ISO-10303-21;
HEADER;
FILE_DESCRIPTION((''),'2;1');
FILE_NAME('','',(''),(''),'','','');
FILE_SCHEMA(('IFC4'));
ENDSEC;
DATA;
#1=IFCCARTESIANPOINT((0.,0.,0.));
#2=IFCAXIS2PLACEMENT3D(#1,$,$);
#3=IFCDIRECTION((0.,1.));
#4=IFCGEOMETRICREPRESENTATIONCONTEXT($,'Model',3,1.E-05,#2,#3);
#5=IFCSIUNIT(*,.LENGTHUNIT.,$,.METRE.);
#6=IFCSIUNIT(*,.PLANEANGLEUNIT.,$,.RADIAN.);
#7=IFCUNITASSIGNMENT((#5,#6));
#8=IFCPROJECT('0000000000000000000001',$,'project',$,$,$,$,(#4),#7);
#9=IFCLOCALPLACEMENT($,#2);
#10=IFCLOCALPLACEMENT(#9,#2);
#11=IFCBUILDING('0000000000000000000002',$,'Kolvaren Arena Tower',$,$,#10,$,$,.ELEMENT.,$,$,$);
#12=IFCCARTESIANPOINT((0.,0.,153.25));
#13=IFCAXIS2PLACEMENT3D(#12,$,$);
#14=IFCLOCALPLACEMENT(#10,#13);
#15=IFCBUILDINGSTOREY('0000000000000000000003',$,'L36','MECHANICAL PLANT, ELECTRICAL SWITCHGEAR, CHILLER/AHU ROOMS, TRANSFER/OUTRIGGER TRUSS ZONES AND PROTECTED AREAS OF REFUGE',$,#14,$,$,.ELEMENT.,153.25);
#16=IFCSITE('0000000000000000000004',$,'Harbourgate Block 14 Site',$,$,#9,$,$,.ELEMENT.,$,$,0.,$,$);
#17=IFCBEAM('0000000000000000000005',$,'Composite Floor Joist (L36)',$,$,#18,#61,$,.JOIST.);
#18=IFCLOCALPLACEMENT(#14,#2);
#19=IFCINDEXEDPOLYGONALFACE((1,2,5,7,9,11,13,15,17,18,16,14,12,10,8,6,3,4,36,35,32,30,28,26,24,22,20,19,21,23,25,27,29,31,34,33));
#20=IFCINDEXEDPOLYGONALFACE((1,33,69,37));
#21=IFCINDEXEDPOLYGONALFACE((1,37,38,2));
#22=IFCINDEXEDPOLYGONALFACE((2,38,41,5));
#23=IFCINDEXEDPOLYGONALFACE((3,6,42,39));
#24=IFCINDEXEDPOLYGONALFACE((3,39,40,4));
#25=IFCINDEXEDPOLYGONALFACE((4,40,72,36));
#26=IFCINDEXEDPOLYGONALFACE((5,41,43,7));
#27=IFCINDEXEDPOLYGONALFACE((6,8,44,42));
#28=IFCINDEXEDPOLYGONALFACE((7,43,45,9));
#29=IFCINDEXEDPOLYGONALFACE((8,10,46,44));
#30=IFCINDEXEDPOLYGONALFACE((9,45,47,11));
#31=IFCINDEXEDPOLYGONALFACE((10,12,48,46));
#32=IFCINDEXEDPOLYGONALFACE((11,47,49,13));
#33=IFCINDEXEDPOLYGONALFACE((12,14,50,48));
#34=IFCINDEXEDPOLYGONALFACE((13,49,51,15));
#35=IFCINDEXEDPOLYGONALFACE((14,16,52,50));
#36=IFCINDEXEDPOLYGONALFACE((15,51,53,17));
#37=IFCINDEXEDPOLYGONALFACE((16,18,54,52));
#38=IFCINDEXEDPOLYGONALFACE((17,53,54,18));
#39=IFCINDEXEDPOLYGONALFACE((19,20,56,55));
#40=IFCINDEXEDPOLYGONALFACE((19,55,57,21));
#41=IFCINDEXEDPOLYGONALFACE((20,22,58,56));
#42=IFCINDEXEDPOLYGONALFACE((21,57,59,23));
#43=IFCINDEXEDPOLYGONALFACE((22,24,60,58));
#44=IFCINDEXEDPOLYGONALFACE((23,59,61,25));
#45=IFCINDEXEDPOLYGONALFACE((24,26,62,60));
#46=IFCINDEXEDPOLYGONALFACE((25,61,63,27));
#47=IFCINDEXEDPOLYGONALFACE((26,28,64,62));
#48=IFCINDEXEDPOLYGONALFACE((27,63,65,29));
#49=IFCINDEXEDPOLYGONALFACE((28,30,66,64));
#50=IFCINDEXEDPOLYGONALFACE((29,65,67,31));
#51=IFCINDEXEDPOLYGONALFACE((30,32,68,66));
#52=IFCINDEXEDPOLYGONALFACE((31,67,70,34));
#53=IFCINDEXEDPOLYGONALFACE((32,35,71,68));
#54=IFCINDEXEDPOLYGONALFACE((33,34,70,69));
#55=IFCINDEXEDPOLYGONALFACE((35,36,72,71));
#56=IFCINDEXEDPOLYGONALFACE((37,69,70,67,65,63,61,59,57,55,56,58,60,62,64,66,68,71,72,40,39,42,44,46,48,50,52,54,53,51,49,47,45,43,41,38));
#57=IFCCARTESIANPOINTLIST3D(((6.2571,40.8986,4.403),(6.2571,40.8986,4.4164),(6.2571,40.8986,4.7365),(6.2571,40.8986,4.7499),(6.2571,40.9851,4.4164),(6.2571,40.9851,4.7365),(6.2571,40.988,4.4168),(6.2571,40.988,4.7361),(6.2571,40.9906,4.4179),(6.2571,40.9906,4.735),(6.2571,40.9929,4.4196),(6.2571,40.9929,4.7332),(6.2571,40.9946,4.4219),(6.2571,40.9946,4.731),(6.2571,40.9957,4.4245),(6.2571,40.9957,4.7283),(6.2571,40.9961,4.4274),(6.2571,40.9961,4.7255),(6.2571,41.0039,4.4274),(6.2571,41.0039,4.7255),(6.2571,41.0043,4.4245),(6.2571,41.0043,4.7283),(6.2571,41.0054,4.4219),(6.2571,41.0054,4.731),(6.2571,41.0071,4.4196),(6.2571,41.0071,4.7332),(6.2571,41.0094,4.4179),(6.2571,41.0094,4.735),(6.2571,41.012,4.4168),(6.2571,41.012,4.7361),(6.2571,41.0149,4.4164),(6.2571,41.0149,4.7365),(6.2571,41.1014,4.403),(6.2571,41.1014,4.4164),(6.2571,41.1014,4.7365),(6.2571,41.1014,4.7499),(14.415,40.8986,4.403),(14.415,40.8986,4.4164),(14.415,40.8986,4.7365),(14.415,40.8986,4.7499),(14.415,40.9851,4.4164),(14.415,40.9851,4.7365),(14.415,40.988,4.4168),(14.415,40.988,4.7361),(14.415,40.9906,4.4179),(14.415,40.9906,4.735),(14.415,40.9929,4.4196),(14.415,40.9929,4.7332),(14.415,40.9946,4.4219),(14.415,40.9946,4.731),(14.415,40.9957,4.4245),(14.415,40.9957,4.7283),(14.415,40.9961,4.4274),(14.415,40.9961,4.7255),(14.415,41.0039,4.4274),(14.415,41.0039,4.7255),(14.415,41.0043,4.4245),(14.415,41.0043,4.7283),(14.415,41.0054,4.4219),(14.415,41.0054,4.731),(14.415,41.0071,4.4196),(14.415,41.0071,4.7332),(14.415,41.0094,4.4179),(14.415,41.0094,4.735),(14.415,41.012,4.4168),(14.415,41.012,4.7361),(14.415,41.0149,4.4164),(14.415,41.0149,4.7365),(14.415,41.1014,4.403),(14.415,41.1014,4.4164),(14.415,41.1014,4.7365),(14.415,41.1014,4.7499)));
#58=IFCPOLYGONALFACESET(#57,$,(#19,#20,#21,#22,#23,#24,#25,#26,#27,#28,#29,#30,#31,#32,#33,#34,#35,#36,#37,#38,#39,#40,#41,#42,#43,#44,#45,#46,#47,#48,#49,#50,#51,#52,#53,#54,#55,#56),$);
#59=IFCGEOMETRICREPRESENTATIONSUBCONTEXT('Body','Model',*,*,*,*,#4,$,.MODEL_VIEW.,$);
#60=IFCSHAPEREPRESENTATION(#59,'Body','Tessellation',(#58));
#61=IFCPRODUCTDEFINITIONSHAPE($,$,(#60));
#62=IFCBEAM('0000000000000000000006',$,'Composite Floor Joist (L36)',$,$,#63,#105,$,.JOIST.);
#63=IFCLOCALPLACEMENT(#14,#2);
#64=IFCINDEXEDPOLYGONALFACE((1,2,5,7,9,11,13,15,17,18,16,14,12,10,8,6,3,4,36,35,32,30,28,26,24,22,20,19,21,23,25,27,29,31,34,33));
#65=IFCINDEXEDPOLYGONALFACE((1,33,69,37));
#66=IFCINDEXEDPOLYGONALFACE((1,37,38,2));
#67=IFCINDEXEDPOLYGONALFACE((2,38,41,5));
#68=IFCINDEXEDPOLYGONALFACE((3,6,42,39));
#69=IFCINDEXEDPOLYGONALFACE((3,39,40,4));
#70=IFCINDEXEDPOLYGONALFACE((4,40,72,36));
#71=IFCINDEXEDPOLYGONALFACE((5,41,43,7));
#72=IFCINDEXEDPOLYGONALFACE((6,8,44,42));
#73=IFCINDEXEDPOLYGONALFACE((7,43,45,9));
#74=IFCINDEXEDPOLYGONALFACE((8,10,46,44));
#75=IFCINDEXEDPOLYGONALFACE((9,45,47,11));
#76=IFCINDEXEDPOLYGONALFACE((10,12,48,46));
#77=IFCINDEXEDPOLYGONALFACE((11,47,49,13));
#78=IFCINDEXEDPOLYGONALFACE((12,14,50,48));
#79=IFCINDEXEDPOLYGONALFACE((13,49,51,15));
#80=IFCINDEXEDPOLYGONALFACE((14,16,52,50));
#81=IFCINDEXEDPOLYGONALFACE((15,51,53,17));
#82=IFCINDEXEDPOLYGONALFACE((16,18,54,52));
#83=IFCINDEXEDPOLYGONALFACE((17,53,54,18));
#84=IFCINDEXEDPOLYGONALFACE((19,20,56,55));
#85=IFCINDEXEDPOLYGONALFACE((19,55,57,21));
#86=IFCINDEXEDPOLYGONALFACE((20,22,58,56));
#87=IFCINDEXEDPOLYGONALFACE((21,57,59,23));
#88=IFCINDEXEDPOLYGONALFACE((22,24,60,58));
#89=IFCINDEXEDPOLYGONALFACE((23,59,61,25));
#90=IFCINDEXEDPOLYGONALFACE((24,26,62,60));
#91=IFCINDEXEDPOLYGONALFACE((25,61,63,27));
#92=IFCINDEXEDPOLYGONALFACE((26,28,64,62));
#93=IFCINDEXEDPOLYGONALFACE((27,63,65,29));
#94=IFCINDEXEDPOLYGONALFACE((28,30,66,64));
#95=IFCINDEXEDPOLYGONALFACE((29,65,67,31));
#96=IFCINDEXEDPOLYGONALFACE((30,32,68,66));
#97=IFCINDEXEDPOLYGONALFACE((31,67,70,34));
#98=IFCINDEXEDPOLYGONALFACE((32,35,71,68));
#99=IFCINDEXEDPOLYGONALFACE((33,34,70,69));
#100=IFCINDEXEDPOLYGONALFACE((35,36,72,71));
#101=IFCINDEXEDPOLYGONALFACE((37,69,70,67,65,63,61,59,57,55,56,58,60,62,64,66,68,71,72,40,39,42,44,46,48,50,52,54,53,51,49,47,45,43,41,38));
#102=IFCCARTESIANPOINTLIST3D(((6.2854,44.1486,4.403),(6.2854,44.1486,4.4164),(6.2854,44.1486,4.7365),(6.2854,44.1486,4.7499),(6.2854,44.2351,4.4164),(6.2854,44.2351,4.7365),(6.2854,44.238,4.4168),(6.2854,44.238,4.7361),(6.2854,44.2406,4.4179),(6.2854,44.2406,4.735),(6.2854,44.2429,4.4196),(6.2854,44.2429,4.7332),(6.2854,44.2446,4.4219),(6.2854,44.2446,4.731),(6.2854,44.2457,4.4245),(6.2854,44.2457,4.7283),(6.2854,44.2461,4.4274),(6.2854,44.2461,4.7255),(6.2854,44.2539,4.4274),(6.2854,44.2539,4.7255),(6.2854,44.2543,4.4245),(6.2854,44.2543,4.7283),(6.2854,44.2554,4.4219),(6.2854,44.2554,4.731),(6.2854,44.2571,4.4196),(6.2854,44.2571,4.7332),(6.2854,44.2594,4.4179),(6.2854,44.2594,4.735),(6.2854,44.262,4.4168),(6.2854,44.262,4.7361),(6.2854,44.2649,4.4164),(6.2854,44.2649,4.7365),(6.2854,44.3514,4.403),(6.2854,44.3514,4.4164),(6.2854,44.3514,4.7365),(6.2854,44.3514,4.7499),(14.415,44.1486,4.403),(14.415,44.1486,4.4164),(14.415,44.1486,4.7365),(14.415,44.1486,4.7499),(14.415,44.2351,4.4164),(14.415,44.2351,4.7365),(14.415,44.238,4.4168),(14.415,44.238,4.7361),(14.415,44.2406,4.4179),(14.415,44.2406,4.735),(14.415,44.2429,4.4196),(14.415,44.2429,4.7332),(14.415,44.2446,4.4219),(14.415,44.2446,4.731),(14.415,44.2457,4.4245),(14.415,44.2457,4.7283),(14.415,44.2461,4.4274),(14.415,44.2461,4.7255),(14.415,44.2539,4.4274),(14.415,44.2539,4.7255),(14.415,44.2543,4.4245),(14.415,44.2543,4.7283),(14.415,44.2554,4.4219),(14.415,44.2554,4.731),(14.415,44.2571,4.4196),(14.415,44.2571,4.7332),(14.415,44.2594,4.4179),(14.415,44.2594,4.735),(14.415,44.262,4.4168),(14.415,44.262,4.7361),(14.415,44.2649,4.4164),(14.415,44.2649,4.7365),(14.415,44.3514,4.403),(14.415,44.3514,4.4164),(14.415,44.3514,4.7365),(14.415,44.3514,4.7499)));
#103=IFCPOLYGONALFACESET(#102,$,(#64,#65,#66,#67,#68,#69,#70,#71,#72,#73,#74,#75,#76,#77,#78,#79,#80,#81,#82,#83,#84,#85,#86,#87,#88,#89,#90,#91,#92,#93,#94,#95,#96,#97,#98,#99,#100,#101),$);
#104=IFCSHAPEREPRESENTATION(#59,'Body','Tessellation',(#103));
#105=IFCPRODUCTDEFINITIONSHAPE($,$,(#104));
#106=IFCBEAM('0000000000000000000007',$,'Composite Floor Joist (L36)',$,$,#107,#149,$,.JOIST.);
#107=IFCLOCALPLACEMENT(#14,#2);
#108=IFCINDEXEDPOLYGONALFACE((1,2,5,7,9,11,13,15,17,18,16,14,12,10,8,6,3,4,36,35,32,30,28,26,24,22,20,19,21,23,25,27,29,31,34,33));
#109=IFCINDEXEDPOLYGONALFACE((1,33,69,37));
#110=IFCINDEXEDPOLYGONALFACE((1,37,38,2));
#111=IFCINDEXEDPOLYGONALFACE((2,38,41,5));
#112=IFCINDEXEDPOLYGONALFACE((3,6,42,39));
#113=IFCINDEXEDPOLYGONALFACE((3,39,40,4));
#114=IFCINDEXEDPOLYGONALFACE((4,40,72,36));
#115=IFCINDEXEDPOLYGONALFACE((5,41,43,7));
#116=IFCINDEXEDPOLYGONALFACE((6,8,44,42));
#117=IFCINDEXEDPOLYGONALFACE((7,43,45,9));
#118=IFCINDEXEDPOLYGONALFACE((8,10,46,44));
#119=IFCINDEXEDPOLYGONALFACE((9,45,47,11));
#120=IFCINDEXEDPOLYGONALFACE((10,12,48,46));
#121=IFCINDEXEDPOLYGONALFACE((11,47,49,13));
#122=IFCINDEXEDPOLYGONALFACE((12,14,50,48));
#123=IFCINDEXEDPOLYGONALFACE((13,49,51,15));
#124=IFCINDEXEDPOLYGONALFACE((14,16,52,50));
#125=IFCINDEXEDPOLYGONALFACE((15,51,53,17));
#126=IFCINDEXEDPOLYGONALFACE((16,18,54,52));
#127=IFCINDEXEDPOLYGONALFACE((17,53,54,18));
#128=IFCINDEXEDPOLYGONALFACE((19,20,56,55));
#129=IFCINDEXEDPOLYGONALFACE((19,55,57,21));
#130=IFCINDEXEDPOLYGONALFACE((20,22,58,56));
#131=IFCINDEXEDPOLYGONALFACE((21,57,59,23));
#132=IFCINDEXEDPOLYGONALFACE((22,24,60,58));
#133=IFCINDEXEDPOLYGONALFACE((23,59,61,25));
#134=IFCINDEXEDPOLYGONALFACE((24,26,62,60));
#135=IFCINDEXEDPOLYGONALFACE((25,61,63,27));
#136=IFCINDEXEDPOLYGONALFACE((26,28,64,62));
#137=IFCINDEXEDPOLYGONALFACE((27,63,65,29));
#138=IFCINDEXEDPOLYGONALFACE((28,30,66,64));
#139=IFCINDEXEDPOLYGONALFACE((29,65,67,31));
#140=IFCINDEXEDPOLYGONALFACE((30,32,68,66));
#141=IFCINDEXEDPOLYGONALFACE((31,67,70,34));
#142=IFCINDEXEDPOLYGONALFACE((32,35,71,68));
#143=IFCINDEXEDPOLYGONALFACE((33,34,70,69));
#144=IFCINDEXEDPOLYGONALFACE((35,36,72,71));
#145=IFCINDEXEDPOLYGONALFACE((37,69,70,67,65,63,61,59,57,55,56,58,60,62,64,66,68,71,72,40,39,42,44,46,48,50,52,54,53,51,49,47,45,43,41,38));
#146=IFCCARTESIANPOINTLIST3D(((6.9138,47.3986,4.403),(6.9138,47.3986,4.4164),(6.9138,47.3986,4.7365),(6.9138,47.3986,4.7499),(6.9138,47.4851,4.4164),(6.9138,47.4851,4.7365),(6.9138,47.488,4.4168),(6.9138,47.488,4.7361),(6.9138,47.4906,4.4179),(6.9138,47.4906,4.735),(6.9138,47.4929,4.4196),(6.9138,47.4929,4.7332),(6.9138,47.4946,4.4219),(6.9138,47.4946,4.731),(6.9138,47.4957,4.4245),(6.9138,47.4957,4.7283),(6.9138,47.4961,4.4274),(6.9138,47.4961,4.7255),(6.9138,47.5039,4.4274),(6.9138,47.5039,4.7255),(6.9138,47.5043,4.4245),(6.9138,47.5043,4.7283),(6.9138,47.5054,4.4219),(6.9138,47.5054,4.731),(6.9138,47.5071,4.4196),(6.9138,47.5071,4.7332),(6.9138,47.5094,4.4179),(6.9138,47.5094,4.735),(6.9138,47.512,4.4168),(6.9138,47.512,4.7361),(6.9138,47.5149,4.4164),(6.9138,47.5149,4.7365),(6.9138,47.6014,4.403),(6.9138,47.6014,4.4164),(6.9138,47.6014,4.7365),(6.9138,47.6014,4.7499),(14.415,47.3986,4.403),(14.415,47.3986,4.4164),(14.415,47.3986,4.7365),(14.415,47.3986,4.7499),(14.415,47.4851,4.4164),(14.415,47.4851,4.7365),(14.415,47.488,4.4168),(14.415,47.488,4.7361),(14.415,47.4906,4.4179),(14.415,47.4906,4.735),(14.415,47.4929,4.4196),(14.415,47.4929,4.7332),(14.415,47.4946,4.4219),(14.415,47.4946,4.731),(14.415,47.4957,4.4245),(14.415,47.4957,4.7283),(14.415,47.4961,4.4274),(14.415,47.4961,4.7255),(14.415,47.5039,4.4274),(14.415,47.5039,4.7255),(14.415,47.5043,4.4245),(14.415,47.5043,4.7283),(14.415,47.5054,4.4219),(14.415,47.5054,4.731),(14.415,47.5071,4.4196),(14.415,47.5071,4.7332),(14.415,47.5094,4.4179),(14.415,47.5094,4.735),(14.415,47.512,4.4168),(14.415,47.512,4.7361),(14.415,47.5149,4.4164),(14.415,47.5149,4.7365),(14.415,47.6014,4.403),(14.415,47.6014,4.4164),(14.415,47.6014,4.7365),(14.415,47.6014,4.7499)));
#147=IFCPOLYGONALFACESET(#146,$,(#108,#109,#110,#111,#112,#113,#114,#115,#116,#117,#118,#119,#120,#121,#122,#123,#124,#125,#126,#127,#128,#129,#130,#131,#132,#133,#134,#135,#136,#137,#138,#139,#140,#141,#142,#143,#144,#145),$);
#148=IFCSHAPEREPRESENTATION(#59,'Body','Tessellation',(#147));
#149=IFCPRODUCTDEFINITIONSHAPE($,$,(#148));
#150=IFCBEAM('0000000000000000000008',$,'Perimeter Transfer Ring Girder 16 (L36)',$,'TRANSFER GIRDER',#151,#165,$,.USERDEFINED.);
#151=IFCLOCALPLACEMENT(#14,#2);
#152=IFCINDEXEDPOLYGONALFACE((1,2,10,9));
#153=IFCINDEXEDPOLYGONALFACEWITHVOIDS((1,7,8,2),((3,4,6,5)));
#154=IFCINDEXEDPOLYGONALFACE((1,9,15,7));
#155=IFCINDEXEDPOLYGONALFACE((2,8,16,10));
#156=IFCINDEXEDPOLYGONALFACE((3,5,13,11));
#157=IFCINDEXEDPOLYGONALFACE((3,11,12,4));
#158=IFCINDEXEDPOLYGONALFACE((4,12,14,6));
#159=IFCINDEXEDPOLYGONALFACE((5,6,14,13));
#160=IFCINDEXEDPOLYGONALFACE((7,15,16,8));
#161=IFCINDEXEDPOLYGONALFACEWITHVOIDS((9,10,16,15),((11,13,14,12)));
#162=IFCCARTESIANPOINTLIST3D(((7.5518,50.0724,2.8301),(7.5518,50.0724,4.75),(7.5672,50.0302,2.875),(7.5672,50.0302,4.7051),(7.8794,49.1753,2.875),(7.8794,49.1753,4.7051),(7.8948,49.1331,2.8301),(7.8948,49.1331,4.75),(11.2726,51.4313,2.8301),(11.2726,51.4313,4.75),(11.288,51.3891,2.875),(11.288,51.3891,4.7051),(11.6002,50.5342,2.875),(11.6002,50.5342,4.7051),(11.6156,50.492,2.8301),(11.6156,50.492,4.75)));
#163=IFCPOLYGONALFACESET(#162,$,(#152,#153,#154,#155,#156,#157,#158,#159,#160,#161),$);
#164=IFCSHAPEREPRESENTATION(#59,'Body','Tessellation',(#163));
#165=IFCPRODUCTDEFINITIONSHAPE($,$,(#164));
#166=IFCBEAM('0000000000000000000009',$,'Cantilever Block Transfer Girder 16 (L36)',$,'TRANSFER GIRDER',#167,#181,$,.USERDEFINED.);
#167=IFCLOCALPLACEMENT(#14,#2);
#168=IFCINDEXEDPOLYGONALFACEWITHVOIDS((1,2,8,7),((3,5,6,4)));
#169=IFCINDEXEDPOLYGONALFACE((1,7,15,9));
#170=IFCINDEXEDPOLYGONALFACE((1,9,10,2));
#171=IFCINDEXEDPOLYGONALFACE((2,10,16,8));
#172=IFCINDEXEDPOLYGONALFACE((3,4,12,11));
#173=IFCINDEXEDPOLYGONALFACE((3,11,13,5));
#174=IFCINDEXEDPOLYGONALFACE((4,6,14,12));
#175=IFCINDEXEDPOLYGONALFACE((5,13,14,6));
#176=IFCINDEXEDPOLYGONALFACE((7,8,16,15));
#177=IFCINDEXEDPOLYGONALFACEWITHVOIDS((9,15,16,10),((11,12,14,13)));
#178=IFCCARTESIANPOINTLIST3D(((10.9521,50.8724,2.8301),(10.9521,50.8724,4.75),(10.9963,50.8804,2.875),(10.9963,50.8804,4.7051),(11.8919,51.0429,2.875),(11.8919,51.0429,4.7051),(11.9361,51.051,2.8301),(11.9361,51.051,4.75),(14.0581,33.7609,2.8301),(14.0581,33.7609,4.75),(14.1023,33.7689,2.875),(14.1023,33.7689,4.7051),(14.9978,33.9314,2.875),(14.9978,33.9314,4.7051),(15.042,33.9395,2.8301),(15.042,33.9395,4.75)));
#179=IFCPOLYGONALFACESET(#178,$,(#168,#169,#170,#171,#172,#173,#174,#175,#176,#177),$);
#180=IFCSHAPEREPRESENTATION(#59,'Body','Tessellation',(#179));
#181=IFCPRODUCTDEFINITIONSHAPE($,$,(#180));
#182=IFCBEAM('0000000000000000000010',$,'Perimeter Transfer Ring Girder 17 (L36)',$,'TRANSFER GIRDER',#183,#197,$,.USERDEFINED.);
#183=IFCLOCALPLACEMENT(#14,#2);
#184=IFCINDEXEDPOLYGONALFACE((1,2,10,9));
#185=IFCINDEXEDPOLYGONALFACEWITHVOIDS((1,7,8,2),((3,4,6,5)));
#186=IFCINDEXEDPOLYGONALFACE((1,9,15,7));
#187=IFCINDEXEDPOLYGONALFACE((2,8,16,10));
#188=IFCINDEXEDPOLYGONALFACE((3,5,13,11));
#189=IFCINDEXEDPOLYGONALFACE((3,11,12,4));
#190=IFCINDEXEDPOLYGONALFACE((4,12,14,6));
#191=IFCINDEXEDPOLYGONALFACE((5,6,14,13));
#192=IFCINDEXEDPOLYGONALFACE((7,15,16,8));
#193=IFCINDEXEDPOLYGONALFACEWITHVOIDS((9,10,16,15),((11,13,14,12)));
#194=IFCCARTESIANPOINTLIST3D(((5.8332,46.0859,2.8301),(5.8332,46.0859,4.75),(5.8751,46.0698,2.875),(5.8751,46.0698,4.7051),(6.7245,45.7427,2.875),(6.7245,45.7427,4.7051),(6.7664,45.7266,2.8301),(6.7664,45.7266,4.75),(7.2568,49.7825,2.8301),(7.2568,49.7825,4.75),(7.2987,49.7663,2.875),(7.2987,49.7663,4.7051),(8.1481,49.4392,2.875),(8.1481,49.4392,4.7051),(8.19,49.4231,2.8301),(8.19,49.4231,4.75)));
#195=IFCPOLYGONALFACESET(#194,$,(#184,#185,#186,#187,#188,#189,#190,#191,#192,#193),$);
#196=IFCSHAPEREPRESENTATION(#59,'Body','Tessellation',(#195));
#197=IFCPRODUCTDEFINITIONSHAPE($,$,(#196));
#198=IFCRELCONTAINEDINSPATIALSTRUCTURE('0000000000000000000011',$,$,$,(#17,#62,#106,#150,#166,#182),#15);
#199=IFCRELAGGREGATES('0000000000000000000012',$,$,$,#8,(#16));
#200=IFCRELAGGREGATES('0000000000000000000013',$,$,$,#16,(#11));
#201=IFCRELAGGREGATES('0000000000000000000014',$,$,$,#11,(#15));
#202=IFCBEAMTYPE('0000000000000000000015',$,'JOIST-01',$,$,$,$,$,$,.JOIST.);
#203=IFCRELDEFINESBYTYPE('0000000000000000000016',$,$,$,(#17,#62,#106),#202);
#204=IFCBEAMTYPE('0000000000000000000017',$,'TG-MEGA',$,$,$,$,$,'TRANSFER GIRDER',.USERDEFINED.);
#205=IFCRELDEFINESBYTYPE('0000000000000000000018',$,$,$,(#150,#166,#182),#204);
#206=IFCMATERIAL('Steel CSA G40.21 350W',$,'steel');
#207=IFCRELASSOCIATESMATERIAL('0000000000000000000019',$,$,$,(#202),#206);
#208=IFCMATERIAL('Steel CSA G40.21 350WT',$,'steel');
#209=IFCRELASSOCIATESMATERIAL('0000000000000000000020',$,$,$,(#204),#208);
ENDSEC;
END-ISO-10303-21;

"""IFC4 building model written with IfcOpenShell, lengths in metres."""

from ifc_helpers import new_model, si_unit, direction, frame, origin, origin_2d, place, context, subcontext, project, spatial, hollow_rectangle, i_section, extrude, material, material_profile, profile_set, type_object, element, save


model = new_model("IFC4")

# Units and contexts
model_context = context("Model", 3, precision=1e-05, world=origin(), true_north=direction((0.0, 1.0)))
body_context = subcontext(model_context, "Body", "Model", "MODEL_VIEW")
ifc_project = project(units=[si_unit("LENGTHUNIT", "METRE"), si_unit("PLANEANGLEUNIT", "RADIAN")], contexts=[model_context])

# Site, building, storey
site_placement = place(None, origin())
site = spatial("IfcSite", under=ifc_project, at=site_placement, Name="Harbourgate Block 14 Site", CompositionType="ELEMENT", RefElevation=0.0)
building_placement = place(site_placement, origin())
building = spatial("IfcBuilding", under=site, at=building_placement, Name="Kolvaren Arena Tower", CompositionType="ELEMENT")
storey_placement = place(building_placement, frame((0.0, 0.0, 153.25)))
storey = spatial("IfcBuildingStorey", under=building, at=storey_placement, Name="L36", Description="MECHANICAL PLANT, ELECTRICAL SWITCHGEAR, CHILLER/AHU ROOMS, TRANSFER/OUTRIGGER TRUSS ZONES AND PROTECTED AREAS OF REFUGE", CompositionType="ELEMENT", Elevation=153.25)

# Shared definitions
ifc_material_1 = material(Name="Steel CSA G40.21 350W", Category="steel")

# Shared definitions
ifc_material_2 = material(Name="Steel CSA G40.21 350WT", Category="steel")

# Beams
ifc_material_profile_1 = material_profile(ifc_material_1, i_section(OverallWidth=0.2029, OverallDepth=0.3469, WebThickness=0.0078, FlangeThickness=0.0134, FilletRadius=0.011, at=origin_2d()), Name="W360x64")
ifc_profile_set_1 = profile_set([ifc_material_profile_1], Name="Steel CSA G40.21 350W")
beam_type_1 = type_object("IfcBeamType", Name="JOIST-01", PredefinedType="JOIST", material=ifc_profile_set_1)
beam_1_placement = place(storey_placement, frame((6.2571, 41.0, 4.5764), z_axis=(1.0, 0.0, 0.0), x_axis=(0.0, 1.0, 0.0)))
element("IfcBeam", 1, at=beam_1_placement, inside=storey, type_object=beam_type_1, Name="Composite Floor Joist (L36)", PredefinedType="JOIST", context=body_context, shape_type="SweptSolid", body=[
    extrude(i_section(OverallWidth=0.2029, OverallDepth=0.3469, WebThickness=0.0078, FlangeThickness=0.0134, FilletRadius=0.011, at=origin_2d()), origin(), (0.0, 0.0, 1.0), 8.158),
])
beam_2_placement = place(storey_placement, frame((6.2854, 44.25, 4.5764), z_axis=(1.0, 0.0, 0.0), x_axis=(0.0, 1.0, 0.0)))
element("IfcBeam", 2, at=beam_2_placement, inside=storey, type_object=beam_type_1, Name="Composite Floor Joist (L36)", PredefinedType="JOIST", context=body_context, shape_type="SweptSolid", body=[
    extrude(i_section(OverallWidth=0.2029, OverallDepth=0.3469, WebThickness=0.0078, FlangeThickness=0.0134, FilletRadius=0.011, at=origin_2d()), origin(), (0.0, 0.0, 1.0), 8.1296),
])
beam_3_placement = place(storey_placement, frame((6.9138, 47.5, 4.5764), z_axis=(1.0, 0.0, 0.0), x_axis=(0.0, 1.0, 0.0)))
element("IfcBeam", 3, at=beam_3_placement, inside=storey, type_object=beam_type_1, Name="Composite Floor Joist (L36)", PredefinedType="JOIST", context=body_context, shape_type="SweptSolid", body=[
    extrude(i_section(OverallWidth=0.2029, OverallDepth=0.3469, WebThickness=0.0078, FlangeThickness=0.0134, FilletRadius=0.011, at=origin_2d()), origin(), (0.0, 0.0, 1.0), 7.5012),
])
ifc_material_profile_2 = material_profile(ifc_material_2, hollow_rectangle(XDim=1.0, YDim=1.9199, WallThickness=0.0449, at=origin_2d()), Name="BOX 1000x1920x45")
ifc_profile_set_2 = profile_set([ifc_material_profile_2], Name="Steel CSA G40.21 350WT")
beam_type_2 = type_object("IfcBeamType", Name="TG-MEGA", ElementType="TRANSFER GIRDER", PredefinedType="USERDEFINED", material=ifc_profile_set_2)
beam_4_placement = place(storey_placement, frame((11.4441, 50.9617, 3.79), z_axis=(-0.939314, -0.343059, 0.0), x_axis=(0.343059, -0.939314, 0.0)))
element("IfcBeam", 4, at=beam_4_placement, inside=storey, type_object=beam_type_2, Name="Perimeter Transfer Ring Girder 16 (L36)", ObjectType="TRANSFER GIRDER", PredefinedType="USERDEFINED", context=body_context, shape_type="SweptSolid", body=[
    extrude(hollow_rectangle(XDim=1.0, YDim=1.9199, WallThickness=0.0449, at=origin_2d()), origin(), (0.0, 0.0, 1.0), 3.9612),
])
beam_5_placement = place(storey_placement, frame((11.4441, 50.9617, 3.79), z_axis=(0.178594, -0.983923, 0.0), x_axis=(0.983923, 0.178594, 0.0)))
element("IfcBeam", 5, at=beam_5_placement, inside=storey, type_object=beam_type_2, Name="Cantilever Block Transfer Girder 16 (L36)", ObjectType="TRANSFER GIRDER", PredefinedType="USERDEFINED", context=body_context, shape_type="SweptSolid", body=[
    extrude(hollow_rectangle(XDim=1.0, YDim=1.9199, WallThickness=0.0449, at=origin_2d()), origin(), (0.0, 0.0, 1.0), 17.3911),
])
beam_6_placement = place(storey_placement, frame((7.7234, 49.6028, 3.79), z_axis=(-0.359384, -0.93319, 0.0), x_axis=(0.93319, -0.359384, 0.0)))
element("IfcBeam", 6, at=beam_6_placement, inside=storey, type_object=beam_type_2, Name="Perimeter Transfer Ring Girder 17 (L36)", ObjectType="TRANSFER GIRDER", PredefinedType="USERDEFINED", context=body_context, shape_type="SweptSolid", body=[
    extrude(hollow_rectangle(XDim=1.0, YDim=1.9199, WallThickness=0.0449, at=origin_2d()), origin(), (0.0, 0.0, 1.0), 3.9612),
])

save(model, "model.ifc")
